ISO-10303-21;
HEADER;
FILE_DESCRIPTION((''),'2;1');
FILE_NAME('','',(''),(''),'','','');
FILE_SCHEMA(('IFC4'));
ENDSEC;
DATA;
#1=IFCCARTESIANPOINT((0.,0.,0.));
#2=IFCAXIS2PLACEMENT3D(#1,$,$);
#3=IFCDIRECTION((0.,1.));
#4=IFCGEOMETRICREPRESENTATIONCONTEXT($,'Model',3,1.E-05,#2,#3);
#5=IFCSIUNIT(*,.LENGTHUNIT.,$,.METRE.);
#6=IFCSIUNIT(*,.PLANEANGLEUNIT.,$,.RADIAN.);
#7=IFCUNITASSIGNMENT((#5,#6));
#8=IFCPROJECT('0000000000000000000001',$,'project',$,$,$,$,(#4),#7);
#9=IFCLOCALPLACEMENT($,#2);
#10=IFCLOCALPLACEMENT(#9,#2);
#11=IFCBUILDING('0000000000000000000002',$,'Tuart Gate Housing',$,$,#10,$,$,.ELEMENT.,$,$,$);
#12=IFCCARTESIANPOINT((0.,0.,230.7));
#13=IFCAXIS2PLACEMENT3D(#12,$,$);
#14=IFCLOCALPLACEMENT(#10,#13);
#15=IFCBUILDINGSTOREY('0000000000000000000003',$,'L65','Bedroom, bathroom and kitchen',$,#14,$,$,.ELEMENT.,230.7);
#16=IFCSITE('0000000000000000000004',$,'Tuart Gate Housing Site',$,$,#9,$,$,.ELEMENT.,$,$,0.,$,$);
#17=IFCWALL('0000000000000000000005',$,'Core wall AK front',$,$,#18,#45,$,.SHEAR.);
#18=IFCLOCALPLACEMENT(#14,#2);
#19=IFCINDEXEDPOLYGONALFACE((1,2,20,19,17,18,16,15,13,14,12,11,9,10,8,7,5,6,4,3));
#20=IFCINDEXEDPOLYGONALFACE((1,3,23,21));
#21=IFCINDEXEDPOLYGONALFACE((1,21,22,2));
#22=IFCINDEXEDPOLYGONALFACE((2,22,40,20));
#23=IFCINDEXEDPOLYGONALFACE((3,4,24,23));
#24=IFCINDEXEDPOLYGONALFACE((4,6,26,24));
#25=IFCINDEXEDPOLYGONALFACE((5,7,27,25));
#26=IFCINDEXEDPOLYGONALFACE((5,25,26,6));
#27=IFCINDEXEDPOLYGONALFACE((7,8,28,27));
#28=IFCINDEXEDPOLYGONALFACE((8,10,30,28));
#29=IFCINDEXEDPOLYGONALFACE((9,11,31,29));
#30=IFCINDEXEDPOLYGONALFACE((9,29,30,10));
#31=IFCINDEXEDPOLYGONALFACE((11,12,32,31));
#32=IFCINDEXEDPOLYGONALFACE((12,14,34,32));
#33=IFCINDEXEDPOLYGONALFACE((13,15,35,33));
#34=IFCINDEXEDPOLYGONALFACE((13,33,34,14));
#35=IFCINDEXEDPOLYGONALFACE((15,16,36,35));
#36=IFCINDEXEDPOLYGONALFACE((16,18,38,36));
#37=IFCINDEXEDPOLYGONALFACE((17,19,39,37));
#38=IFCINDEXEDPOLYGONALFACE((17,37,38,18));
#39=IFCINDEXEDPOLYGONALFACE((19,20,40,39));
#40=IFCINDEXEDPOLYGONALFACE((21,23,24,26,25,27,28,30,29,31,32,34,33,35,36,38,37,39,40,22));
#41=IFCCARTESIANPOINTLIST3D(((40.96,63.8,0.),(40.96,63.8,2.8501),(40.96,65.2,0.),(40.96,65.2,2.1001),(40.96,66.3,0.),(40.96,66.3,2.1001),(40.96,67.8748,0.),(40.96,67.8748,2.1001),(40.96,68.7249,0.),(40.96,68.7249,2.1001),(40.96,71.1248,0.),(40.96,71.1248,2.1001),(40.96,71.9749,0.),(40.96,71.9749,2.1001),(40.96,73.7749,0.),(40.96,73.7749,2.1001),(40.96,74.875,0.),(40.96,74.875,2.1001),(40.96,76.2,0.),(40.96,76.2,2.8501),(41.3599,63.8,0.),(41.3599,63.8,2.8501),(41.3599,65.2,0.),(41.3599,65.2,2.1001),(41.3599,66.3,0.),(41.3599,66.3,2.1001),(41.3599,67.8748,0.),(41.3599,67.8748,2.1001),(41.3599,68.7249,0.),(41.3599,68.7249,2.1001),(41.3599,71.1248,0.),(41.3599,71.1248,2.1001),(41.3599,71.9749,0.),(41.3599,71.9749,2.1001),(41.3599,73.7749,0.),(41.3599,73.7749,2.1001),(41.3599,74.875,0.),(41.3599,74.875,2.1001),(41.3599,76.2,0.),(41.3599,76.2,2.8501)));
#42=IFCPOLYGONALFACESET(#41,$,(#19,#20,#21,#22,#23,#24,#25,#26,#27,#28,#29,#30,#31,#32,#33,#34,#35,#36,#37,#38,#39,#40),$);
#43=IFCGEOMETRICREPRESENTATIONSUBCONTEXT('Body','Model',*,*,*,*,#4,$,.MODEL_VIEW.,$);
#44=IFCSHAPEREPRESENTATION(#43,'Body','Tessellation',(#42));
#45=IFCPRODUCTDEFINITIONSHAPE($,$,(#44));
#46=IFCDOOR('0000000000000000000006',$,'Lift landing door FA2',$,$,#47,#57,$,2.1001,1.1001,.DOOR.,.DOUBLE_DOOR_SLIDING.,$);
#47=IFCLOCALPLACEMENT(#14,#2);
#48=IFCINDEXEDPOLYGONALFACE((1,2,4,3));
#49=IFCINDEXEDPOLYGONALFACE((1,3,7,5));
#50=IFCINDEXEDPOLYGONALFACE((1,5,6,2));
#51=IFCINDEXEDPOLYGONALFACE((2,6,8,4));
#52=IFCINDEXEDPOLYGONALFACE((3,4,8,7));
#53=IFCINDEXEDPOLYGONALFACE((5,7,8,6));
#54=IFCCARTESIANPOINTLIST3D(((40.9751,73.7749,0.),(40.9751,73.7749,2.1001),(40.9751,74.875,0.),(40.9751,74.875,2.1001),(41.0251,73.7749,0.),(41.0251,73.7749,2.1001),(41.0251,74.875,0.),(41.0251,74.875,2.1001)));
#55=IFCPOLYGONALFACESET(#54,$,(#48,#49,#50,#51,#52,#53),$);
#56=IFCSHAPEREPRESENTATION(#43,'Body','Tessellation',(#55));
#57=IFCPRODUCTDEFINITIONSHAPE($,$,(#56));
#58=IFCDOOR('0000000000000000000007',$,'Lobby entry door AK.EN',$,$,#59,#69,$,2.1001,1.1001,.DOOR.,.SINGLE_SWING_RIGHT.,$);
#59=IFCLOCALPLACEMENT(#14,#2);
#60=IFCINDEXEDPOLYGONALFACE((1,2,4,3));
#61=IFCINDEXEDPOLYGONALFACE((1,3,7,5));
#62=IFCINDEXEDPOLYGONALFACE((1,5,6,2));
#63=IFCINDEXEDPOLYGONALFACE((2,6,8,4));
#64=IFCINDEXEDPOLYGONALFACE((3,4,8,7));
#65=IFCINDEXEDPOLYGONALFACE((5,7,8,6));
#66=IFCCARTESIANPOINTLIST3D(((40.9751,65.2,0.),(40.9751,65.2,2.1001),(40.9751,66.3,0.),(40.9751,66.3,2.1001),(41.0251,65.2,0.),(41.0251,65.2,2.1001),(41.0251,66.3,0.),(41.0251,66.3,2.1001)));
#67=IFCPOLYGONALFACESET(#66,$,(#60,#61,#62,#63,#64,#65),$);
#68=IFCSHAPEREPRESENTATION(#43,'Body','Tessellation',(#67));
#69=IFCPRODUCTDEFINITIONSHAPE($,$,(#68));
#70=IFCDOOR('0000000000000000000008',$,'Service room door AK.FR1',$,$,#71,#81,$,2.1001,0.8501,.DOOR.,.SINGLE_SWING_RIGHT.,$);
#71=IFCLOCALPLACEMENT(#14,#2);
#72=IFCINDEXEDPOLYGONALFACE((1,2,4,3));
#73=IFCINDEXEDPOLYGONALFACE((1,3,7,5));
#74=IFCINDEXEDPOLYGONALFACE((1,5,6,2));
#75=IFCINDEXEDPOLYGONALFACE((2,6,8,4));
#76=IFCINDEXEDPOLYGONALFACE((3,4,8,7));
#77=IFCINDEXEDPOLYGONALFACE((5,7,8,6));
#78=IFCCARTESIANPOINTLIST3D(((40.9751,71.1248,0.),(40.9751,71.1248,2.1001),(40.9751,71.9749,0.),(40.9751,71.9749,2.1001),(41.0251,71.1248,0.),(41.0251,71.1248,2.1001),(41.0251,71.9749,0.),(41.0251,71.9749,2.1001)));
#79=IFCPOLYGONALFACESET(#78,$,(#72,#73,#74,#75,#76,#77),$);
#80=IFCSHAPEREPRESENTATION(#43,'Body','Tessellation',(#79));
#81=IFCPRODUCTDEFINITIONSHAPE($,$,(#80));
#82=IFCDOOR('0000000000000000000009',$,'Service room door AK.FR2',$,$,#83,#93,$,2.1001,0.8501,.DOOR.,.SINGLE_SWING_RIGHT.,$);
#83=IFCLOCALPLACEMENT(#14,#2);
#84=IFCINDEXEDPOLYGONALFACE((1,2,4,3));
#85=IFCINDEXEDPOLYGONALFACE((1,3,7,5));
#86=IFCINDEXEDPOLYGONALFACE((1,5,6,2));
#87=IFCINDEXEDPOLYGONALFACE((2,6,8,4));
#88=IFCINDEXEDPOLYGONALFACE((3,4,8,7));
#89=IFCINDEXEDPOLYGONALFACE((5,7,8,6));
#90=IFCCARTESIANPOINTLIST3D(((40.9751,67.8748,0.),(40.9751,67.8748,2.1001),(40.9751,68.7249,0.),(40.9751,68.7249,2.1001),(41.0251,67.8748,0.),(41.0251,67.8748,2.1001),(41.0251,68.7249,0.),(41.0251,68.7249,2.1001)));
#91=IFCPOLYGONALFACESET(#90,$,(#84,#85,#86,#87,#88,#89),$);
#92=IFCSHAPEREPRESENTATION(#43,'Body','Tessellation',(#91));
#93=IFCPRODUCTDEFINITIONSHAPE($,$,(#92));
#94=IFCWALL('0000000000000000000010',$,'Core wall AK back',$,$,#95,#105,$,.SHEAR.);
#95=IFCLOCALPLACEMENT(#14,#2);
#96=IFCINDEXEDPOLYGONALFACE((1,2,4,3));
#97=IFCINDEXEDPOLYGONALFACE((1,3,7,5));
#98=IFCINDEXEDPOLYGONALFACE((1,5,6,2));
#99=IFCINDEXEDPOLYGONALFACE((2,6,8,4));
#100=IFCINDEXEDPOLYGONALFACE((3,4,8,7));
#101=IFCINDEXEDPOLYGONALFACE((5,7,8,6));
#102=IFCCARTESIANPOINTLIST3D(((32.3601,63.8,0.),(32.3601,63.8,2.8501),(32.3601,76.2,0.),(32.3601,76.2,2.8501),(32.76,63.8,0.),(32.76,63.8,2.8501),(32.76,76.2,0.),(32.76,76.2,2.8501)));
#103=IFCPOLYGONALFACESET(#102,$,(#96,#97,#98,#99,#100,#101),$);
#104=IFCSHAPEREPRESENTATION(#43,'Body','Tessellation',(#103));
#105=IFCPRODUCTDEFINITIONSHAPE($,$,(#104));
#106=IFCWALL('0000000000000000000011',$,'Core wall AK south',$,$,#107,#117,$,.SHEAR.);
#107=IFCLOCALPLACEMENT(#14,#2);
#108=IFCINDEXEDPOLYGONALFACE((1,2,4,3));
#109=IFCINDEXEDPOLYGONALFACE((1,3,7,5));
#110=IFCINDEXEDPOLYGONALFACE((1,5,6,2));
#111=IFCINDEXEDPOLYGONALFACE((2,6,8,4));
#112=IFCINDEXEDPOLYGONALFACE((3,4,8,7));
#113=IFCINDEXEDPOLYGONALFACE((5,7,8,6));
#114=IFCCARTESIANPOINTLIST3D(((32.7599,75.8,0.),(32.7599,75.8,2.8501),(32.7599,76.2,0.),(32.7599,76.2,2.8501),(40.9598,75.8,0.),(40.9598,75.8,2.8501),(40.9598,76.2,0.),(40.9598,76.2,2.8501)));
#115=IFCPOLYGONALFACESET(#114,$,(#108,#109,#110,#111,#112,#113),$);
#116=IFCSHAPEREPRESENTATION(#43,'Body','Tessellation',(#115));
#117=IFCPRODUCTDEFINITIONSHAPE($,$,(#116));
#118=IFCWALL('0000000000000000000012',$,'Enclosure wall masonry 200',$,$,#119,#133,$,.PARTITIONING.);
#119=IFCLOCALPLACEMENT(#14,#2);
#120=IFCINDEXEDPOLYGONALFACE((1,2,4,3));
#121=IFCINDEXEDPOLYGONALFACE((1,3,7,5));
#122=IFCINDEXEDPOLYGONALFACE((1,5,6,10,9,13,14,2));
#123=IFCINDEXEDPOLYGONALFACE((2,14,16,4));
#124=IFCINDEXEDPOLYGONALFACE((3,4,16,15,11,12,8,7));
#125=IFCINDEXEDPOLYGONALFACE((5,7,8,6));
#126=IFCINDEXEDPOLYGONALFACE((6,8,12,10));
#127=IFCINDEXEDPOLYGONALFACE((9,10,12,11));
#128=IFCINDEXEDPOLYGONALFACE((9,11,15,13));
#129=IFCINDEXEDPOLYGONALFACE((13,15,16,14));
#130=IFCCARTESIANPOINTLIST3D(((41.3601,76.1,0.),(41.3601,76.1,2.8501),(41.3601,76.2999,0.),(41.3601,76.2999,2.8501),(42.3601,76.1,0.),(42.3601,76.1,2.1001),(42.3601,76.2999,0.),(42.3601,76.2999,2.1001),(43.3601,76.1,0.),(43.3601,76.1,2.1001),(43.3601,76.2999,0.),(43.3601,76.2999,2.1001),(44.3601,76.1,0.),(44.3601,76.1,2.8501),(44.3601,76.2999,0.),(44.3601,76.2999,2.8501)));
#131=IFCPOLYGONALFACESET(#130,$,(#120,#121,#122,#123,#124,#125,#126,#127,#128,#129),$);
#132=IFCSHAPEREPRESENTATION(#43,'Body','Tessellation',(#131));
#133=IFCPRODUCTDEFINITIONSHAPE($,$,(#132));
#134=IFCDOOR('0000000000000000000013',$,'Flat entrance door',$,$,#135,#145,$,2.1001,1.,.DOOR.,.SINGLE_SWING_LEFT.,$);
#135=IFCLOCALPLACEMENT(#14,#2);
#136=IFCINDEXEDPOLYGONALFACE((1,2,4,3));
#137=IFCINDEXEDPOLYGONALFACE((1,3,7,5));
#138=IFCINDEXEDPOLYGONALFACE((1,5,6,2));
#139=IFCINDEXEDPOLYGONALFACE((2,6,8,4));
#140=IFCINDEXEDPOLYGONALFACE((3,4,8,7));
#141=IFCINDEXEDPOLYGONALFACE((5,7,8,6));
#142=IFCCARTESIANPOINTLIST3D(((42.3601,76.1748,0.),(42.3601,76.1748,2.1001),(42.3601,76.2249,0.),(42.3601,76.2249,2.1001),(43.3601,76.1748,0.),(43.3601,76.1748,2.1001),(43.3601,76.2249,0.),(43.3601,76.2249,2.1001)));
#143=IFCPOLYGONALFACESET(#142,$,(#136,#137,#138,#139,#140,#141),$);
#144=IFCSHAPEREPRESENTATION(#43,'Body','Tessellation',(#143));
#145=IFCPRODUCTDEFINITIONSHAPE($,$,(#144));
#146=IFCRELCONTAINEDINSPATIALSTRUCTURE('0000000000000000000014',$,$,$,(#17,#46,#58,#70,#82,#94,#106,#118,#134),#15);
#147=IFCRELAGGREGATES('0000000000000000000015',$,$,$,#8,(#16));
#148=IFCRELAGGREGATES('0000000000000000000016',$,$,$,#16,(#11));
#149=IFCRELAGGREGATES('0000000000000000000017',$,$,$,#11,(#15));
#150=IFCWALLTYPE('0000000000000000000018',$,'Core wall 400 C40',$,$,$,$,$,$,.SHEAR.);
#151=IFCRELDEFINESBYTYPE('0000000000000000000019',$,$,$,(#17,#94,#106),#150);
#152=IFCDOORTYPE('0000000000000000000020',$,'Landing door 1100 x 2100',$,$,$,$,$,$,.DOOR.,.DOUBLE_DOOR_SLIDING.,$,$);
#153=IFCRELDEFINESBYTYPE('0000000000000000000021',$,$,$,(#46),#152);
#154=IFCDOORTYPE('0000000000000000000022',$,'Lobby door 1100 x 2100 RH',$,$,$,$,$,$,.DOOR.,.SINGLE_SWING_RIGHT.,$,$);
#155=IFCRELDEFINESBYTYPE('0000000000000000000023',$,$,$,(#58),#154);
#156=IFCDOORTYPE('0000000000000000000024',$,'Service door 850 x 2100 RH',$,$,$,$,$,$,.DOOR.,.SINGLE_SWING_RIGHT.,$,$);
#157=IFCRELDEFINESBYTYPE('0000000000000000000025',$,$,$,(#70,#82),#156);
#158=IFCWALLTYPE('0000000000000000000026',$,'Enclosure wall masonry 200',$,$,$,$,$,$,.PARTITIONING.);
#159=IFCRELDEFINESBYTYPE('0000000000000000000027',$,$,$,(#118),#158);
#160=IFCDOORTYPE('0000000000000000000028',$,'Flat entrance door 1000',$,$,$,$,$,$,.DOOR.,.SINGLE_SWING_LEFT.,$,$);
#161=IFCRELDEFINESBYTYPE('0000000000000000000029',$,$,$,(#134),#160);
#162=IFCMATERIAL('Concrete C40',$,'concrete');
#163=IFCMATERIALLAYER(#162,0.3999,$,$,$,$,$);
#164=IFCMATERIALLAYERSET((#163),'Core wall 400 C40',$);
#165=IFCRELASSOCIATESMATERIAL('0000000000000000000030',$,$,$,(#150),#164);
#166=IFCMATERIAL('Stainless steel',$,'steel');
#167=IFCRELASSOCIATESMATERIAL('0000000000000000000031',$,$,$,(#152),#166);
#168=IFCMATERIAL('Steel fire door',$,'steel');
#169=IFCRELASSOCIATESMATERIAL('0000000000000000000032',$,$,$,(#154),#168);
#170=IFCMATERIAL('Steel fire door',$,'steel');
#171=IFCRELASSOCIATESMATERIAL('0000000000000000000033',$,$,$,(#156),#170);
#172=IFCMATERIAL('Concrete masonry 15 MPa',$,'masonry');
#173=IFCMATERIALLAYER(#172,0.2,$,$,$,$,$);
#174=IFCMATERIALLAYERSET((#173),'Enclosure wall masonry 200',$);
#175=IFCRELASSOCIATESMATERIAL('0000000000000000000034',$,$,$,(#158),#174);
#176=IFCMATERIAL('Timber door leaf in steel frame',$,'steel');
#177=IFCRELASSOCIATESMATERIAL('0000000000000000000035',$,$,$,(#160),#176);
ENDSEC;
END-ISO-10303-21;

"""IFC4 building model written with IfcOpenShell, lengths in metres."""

from ifc_helpers import new_model, si_unit, direction, frame, frame_2d, origin, place, context, subcontext, project, spatial, rectangle, extrude, material, layer, layer_set, type_object, element, fill, save


model = new_model("IFC4")

# Units and contexts
model_context = context("Model", 3, precision=1e-05, world=origin(), true_north=direction((0.0, 1.0)))
body_context = subcontext(model_context, "Body", "Model", "MODEL_VIEW")
ifc_project = project(units=[si_unit("LENGTHUNIT", "METRE"), si_unit("PLANEANGLEUNIT", "RADIAN")], contexts=[model_context])

# Site, building, storey
site_placement = place(None, origin())
site = spatial("IfcSite", under=ifc_project, at=site_placement, Name="Tuart Gate Housing Site", CompositionType="ELEMENT", RefElevation=0.0)
building_placement = place(site_placement, origin())
building = spatial("IfcBuilding", under=site, at=building_placement, Name="Tuart Gate Housing", CompositionType="ELEMENT")
storey_placement = place(building_placement, frame((0.0, 0.0, 230.7)))
storey = spatial("IfcBuildingStorey", under=building, at=storey_placement, Name="L65", Description="Bedroom, bathroom and kitchen", CompositionType="ELEMENT", Elevation=230.7)

# Wall, openings, doors
ifc_material_1 = material(Name="Concrete C40", Category="concrete")
ifc_layer_1 = layer(ifc_material_1, 0.3999)
ifc_layer_set_1 = layer_set([ifc_layer_1], Name="Core wall 400 C40")
wall_type_1 = type_object("IfcWallType", Name="Core wall 400 C40", PredefinedType="SHEAR", material=ifc_layer_set_1)
wall_1_placement = place(storey_placement, frame((41.1599, 76.2, 0.0), z_axis=(0.0, 0.0, 1.0), x_axis=(0.0, -1.0, 0.0)))
wall_1 = element("IfcWall", 1, at=wall_1_placement, inside=storey, type_object=wall_type_1, Name="Core wall AK front", PredefinedType="SHEAR", context=body_context, shape_type="SweptSolid", body=[
    extrude(rectangle(XDim=12.3999, YDim=0.3999, at=frame_2d((6.2, 0.0))), origin(), (0.0, 0.0, 1.0), 2.8501),
])
opening_1_placement = place(wall_1_placement, frame((1.325, 0.0, 0.0)))
opening_1 = element("IfcOpeningElement", 2, at=opening_1_placement, cuts=wall_1, PredefinedType="OPENING", context=body_context, shape_type="SweptSolid", body=[
    extrude(rectangle(XDim=1.1001, YDim=2.1001, at=frame_2d((0.55, 1.05))), frame((0.0, 0.21, 0.0), z_axis=(0.0, -1.0, 0.0), x_axis=(1.0, 0.0, 0.0)), (0.0, 0.0, 1.0), 0.4199),
])
opening_2_placement = place(wall_1_placement, frame((4.2251, 0.0, 0.0)))
opening_2 = element("IfcOpeningElement", 3, at=opening_2_placement, cuts=wall_1, PredefinedType="OPENING", context=body_context, shape_type="SweptSolid", body=[
    extrude(rectangle(XDim=0.8501, YDim=2.1001, at=frame_2d((0.425, 1.05))), frame((0.0, 0.21, 0.0), z_axis=(0.0, -1.0, 0.0), x_axis=(1.0, 0.0, 0.0)), (0.0, 0.0, 1.0), 0.4199),
])
opening_3_placement = place(wall_1_placement, frame((7.4751, 0.0, 0.0)))
opening_3 = element("IfcOpeningElement", 4, at=opening_3_placement, cuts=wall_1, PredefinedType="OPENING", context=body_context, shape_type="SweptSolid", body=[
    extrude(rectangle(XDim=0.8501, YDim=2.1001, at=frame_2d((0.425, 1.05))), frame((0.0, 0.21, 0.0), z_axis=(0.0, -1.0, 0.0), x_axis=(1.0, 0.0, 0.0)), (0.0, 0.0, 1.0), 0.4199),
])
opening_4_placement = place(wall_1_placement, frame((9.8999, 0.0, 0.0)))
opening_4 = element("IfcOpeningElement", 5, at=opening_4_placement, cuts=wall_1, PredefinedType="OPENING", context=body_context, shape_type="SweptSolid", body=[
    extrude(rectangle(XDim=1.1001, YDim=2.1001, at=frame_2d((0.55, 1.05))), frame((0.0, 0.21, 0.0), z_axis=(0.0, -1.0, 0.0), x_axis=(1.0, 0.0, 0.0)), (0.0, 0.0, 1.0), 0.4199),
])
ifc_material_2 = material(Name="Stainless steel", Category="steel")
door_type_1 = type_object("IfcDoorType", Name="Landing door 1100 x 2100", OperationType="DOUBLE_DOOR_SLIDING", PredefinedType="DOOR", material=ifc_material_2)
door_1_placement = place(opening_1_placement, origin())
door_1 = element("IfcDoor", 6, at=door_1_placement, inside=storey, type_object=door_type_1, Name="Lift landing door FA2", OperationType="DOUBLE_DOOR_SLIDING", OverallHeight=2.1001, OverallWidth=1.1001, PredefinedType="DOOR", context=body_context, shape_type="SweptSolid", body=[
    extrude(rectangle(XDim=1.1001, YDim=2.1001, at=frame_2d((0.55, 1.05))), frame((0.0, -0.1348, 0.0), z_axis=(0.0, -1.0, 0.0), x_axis=(1.0, 0.0, 0.0)), (0.0, 0.0, 1.0), 0.05),
])
fill(opening_1, door_1)
ifc_material_3 = material(Name="Steel fire door", Category="steel")
door_type_2 = type_object("IfcDoorType", Name="Lobby door 1100 x 2100 RH", OperationType="SINGLE_SWING_RIGHT", PredefinedType="DOOR", material=ifc_material_3)
door_2_placement = place(opening_4_placement, frame((1.1001, 0.0, 0.0), z_axis=(0.0, 0.0, 1.0), x_axis=(-1.0, 0.0, 0.0)))
door_2 = element("IfcDoor", 7, at=door_2_placement, inside=storey, type_object=door_type_2, Name="Lobby entry door AK.EN", OperationType="SINGLE_SWING_RIGHT", OverallHeight=2.1001, OverallWidth=1.1001, PredefinedType="DOOR", context=body_context, shape_type="SweptSolid", body=[
    extrude(rectangle(XDim=1.1001, YDim=2.1001, at=frame_2d((0.55, 1.05))), frame((0.0, 0.1848, 0.0), z_axis=(0.0, -1.0, 0.0), x_axis=(1.0, 0.0, 0.0)), (0.0, 0.0, 1.0), 0.05),
])
fill(opening_4, door_2)
ifc_material_4 = material(Name="Steel fire door", Category="steel")
door_type_3 = type_object("IfcDoorType", Name="Service door 850 x 2100 RH", OperationType="SINGLE_SWING_RIGHT", PredefinedType="DOOR", material=ifc_material_4)
door_3_placement = place(opening_2_placement, frame((0.8501, 0.0, 0.0), z_axis=(0.0, 0.0, 1.0), x_axis=(-1.0, 0.0, 0.0)))
door_3 = element("IfcDoor", 8, at=door_3_placement, inside=storey, type_object=door_type_3, Name="Service room door AK.FR1", OperationType="SINGLE_SWING_RIGHT", OverallHeight=2.1001, OverallWidth=0.8501, PredefinedType="DOOR", context=body_context, shape_type="SweptSolid", body=[
    extrude(rectangle(XDim=0.8501, YDim=2.1001, at=frame_2d((0.425, 1.05))), frame((0.0, 0.1848, 0.0), z_axis=(0.0, -1.0, 0.0), x_axis=(1.0, 0.0, 0.0)), (0.0, 0.0, 1.0), 0.05),
])
fill(opening_2, door_3)
door_4_placement = place(opening_3_placement, frame((0.8501, 0.0, 0.0), z_axis=(0.0, 0.0, 1.0), x_axis=(-1.0, 0.0, 0.0)))
door_4 = element("IfcDoor", 9, at=door_4_placement, inside=storey, type_object=door_type_3, Name="Service room door AK.FR2", OperationType="SINGLE_SWING_RIGHT", OverallHeight=2.1001, OverallWidth=0.8501, PredefinedType="DOOR", context=body_context, shape_type="SweptSolid", body=[
    extrude(rectangle(XDim=0.8501, YDim=2.1001, at=frame_2d((0.425, 1.05))), frame((0.0, 0.1848, 0.0), z_axis=(0.0, -1.0, 0.0), x_axis=(1.0, 0.0, 0.0)), (0.0, 0.0, 1.0), 0.05),
])
fill(opening_3, door_4)

# Walls
wall_2_placement = place(storey_placement, frame((32.5601, 76.2, 0.0), z_axis=(0.0, 0.0, 1.0), x_axis=(0.0, -1.0, 0.0)))
element("IfcWall", 10, at=wall_2_placement, inside=storey, type_object=wall_type_1, Name="Core wall AK back", PredefinedType="SHEAR", context=body_context, shape_type="SweptSolid", body=[
    extrude(rectangle(XDim=12.3999, YDim=0.3999, at=frame_2d((6.2, 0.0))), origin(), (0.0, 0.0, 1.0), 2.8501),
])
wall_3_placement = place(storey_placement, frame((40.96, 76.0, 0.0), z_axis=(0.0, 0.0, 1.0), x_axis=(-1.0, 0.0, 0.0)))
element("IfcWall", 11, at=wall_3_placement, inside=storey, type_object=wall_type_1, Name="Core wall AK south", PredefinedType="SHEAR", context=body_context, shape_type="SweptSolid", body=[
    extrude(rectangle(XDim=8.2, YDim=0.3999, at=frame_2d((4.1001, 0.0))), origin(), (0.0, 0.0, 1.0), 2.8501),
])

# Wall, opening, door
ifc_material_5 = material(Name="Concrete masonry 15 MPa", Category="masonry")
ifc_layer_2 = layer(ifc_material_5, 0.2)
ifc_layer_set_2 = layer_set([ifc_layer_2], Name="Enclosure wall masonry 200")
wall_type_2 = type_object("IfcWallType", Name="Enclosure wall masonry 200", PredefinedType="PARTITIONING", material=ifc_layer_set_2)
wall_4_placement = place(storey_placement, frame((41.3601, 76.2, 0.0), z_axis=(0.0, 0.0, 1.0), x_axis=(1.0, 0.0, 0.0)))
wall_4 = element("IfcWall", 12, at=wall_4_placement, inside=storey, type_object=wall_type_2, Name="Enclosure wall masonry 200", PredefinedType="PARTITIONING", context=body_context, shape_type="SweptSolid", body=[
    extrude(rectangle(XDim=3.0, YDim=0.2, at=frame_2d((1.5, 0.0))), origin(), (0.0, 0.0, 1.0), 2.8501),
])
opening_5_placement = place(wall_4_placement, frame((1.0, 0.0, 0.0)))
opening_5 = element("IfcOpeningElement", 13, at=opening_5_placement, cuts=wall_4, PredefinedType="OPENING", context=body_context, shape_type="SweptSolid", body=[
    extrude(rectangle(XDim=1.0, YDim=2.1001, at=frame_2d((0.5, 1.05))), frame((0.0, 0.1099, 0.0), z_axis=(0.0, -1.0, 0.0), x_axis=(1.0, 0.0, 0.0)), (0.0, 0.0, 1.0), 0.22),
])
ifc_material_6 = material(Name="Timber door leaf in steel frame", Category="steel")
door_type_4 = type_object("IfcDoorType", Name="Flat entrance door 1000", OperationType="SINGLE_SWING_LEFT", PredefinedType="DOOR", material=ifc_material_6)
door_5_placement = place(opening_5_placement, origin())
door_5 = element("IfcDoor", 14, at=door_5_placement, inside=storey, type_object=door_type_4, Name="Flat entrance door", OperationType="SINGLE_SWING_LEFT", OverallHeight=2.1001, OverallWidth=1.0, PredefinedType="DOOR", context=body_context, shape_type="SweptSolid", body=[
    extrude(rectangle(XDim=1.0, YDim=2.1001, at=frame_2d((0.5, 1.05))), frame((0.0, 0.0249, 0.0), z_axis=(0.0, -1.0, 0.0), x_axis=(1.0, 0.0, 0.0)), (0.0, 0.0, 1.0), 0.05),
])
fill(opening_5, door_5)

save(model, "model.ifc")
